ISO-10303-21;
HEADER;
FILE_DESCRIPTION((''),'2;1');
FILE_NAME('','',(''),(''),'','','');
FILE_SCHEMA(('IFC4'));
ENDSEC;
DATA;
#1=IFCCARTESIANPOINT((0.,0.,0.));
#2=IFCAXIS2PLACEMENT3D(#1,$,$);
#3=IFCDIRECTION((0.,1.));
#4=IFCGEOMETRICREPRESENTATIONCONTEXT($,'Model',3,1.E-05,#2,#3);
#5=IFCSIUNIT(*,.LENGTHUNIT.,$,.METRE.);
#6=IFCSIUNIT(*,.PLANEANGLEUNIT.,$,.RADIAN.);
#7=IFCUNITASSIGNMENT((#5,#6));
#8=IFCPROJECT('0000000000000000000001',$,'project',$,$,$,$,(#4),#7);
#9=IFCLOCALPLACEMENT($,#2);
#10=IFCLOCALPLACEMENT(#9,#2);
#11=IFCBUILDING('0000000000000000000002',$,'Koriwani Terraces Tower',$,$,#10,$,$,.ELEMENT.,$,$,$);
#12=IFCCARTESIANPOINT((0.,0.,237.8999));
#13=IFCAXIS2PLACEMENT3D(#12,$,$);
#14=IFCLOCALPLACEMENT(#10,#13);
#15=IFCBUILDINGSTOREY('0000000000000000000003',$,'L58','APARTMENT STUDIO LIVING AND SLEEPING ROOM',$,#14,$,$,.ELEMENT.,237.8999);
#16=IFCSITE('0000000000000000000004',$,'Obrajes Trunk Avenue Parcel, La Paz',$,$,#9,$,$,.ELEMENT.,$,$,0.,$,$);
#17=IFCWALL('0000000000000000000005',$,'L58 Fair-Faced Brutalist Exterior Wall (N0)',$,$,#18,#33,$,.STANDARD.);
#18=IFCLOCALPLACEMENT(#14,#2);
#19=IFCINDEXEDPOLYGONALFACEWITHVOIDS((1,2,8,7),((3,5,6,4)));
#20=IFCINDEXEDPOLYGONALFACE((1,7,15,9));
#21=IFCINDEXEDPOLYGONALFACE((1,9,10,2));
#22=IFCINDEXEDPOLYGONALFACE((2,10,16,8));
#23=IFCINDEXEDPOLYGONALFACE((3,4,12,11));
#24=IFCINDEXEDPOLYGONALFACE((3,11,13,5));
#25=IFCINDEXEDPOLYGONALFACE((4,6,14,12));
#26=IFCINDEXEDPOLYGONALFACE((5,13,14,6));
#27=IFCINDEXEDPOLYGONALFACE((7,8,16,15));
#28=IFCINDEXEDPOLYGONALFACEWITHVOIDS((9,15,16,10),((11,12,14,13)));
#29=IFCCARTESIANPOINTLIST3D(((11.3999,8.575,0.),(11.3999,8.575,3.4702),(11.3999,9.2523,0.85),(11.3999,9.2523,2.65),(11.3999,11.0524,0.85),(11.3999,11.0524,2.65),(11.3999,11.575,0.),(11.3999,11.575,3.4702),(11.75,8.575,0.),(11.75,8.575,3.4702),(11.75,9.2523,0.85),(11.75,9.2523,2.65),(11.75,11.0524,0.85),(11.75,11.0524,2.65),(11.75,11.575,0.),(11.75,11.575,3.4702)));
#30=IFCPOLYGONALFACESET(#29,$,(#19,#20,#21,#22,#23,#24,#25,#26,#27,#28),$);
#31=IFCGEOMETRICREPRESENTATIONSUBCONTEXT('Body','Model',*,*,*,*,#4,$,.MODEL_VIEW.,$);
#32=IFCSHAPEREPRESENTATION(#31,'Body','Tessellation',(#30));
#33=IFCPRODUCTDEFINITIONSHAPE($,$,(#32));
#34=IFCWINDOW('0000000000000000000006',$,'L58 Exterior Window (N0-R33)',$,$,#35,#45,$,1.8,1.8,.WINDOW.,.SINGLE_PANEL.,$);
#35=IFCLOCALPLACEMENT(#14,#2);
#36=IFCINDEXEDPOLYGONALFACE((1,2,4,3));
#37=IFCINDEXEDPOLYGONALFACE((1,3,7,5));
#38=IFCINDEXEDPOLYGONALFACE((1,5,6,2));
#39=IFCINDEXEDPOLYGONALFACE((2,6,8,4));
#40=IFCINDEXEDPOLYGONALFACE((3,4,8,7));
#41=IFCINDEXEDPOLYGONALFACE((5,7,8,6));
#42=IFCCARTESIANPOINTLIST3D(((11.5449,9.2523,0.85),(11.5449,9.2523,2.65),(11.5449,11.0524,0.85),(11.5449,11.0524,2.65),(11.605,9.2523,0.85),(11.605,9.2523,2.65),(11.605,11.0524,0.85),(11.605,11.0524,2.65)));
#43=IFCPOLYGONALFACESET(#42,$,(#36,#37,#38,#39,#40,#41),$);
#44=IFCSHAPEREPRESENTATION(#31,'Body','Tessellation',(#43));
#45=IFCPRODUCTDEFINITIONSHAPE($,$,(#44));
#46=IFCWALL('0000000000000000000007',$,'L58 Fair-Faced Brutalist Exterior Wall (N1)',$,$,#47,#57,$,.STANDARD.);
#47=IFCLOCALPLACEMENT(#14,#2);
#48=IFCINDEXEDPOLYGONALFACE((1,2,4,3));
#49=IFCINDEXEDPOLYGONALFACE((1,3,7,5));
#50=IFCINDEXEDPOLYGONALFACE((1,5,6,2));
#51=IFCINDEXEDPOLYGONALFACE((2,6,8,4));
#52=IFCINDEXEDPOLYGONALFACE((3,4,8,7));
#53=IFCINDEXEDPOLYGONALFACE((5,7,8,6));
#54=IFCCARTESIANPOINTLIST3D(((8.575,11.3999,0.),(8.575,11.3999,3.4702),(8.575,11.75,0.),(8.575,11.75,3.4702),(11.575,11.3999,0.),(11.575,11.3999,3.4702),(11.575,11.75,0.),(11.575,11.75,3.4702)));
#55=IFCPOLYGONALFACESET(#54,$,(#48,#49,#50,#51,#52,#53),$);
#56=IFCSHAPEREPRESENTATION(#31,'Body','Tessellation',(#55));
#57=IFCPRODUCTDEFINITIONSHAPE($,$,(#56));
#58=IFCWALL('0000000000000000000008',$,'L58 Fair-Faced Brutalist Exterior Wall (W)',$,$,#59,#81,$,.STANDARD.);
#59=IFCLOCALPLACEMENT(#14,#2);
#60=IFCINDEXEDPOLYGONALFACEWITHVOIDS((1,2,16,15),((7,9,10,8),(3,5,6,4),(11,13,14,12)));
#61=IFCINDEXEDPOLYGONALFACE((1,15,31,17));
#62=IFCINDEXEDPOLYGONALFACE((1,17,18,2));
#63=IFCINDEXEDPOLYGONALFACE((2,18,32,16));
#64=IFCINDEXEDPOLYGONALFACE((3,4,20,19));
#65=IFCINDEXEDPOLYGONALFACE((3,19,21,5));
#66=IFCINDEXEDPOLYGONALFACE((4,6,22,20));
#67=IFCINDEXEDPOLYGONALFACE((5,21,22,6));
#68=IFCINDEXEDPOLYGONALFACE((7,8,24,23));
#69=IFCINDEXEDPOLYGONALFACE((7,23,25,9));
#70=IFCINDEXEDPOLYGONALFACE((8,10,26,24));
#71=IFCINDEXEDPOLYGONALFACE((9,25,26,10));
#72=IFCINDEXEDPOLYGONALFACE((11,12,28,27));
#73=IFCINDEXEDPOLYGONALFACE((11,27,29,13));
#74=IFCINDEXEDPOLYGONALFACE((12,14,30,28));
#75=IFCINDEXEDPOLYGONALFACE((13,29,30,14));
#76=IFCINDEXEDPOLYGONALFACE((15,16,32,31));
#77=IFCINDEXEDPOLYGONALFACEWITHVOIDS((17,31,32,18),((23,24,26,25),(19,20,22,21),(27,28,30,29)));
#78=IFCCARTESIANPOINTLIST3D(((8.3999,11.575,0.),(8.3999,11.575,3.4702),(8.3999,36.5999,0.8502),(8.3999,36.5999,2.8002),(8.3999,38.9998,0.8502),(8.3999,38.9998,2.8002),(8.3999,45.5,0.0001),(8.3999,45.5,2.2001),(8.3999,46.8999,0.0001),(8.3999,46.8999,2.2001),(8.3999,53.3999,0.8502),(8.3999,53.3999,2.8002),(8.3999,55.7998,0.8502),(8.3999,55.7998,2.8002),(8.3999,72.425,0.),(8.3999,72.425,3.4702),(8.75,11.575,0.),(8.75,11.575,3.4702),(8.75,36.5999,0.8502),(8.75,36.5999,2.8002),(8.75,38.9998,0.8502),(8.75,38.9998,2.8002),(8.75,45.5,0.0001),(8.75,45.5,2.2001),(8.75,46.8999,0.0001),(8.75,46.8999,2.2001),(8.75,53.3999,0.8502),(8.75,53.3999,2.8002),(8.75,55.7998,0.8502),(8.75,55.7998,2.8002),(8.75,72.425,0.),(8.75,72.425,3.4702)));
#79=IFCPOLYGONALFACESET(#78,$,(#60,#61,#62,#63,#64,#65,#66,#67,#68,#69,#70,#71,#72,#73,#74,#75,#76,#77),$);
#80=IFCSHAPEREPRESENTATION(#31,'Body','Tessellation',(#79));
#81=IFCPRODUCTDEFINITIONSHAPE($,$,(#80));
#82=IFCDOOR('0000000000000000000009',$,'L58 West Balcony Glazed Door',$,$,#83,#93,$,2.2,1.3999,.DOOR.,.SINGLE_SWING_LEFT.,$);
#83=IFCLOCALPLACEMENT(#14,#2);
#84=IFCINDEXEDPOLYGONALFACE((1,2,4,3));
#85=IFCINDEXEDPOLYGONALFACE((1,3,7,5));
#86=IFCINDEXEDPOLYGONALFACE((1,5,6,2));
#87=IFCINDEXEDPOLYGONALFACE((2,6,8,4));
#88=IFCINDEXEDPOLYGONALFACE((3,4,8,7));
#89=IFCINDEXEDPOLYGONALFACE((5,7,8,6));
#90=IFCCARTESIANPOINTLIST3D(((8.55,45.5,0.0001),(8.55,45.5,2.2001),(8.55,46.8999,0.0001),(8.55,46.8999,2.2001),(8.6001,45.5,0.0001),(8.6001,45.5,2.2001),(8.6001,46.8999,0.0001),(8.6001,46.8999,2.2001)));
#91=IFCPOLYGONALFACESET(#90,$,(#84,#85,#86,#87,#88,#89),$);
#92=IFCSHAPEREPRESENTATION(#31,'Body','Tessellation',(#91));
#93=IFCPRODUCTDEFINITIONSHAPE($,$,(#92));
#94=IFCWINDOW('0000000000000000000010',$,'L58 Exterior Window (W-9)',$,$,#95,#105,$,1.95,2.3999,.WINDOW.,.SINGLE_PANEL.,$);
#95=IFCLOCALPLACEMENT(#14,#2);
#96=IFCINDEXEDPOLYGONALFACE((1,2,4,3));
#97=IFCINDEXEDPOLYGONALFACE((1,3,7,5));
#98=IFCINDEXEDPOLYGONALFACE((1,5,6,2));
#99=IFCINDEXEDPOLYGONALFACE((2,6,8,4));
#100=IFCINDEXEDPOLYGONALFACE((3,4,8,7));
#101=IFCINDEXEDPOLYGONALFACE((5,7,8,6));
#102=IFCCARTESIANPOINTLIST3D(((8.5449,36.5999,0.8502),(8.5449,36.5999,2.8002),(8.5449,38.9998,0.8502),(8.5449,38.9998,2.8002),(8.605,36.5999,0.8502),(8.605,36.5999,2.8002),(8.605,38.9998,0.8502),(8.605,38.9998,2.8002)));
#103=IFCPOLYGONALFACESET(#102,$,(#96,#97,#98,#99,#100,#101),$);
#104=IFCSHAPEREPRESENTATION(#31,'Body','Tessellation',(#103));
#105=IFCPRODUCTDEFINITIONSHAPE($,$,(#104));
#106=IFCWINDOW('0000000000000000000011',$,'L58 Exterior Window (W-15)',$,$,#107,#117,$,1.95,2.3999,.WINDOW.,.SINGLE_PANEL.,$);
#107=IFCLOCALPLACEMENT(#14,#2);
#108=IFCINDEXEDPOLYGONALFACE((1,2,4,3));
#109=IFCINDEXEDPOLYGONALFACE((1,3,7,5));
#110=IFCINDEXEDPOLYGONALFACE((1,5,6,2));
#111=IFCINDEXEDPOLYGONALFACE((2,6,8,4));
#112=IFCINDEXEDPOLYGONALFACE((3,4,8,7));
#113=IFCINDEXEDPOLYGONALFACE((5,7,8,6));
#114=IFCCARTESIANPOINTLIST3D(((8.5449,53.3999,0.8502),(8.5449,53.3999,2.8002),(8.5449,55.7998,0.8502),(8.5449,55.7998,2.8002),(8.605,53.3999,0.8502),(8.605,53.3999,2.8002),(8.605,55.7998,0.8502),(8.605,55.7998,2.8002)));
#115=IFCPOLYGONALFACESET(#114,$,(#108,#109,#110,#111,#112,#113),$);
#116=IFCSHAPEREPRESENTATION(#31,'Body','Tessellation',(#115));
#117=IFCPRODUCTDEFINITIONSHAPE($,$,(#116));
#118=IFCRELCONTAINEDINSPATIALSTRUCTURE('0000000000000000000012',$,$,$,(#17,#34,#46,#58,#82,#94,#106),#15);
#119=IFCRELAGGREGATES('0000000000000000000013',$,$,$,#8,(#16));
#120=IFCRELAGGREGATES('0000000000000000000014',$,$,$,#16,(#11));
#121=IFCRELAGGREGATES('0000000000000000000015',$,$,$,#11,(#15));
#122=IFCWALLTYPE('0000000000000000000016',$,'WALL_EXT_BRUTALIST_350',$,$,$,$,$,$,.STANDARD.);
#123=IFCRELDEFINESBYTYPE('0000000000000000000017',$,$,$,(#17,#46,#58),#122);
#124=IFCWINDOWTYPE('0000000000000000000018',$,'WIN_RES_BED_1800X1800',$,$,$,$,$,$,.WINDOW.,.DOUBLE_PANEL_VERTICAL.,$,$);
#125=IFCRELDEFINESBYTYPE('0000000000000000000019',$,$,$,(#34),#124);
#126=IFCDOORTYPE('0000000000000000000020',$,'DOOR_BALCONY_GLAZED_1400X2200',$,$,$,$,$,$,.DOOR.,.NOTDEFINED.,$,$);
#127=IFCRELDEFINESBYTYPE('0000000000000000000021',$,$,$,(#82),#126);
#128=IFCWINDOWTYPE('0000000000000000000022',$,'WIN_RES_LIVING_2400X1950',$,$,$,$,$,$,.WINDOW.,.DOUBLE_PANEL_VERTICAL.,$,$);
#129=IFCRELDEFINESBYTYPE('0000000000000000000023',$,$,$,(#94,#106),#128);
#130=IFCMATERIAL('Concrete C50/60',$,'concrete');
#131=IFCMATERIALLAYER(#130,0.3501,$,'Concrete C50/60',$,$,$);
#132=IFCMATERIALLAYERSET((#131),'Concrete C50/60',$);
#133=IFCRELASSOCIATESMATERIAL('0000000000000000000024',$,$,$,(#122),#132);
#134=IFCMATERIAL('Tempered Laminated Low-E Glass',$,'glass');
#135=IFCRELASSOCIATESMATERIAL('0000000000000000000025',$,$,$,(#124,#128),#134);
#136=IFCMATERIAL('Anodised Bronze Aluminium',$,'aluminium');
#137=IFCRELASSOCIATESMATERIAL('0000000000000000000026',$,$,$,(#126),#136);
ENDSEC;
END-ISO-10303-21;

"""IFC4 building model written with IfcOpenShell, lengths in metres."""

from ifc_helpers import new_model, si_unit, direction, frame, frame_2d, origin, place, context, subcontext, project, spatial, rectangle, extrude, material, layer, layer_set, type_object, element, fill, save


model = new_model("IFC4")

# Units and contexts
model_context = context("Model", 3, precision=1e-05, world=origin(), true_north=direction((0.0, 1.0)))
body_context = subcontext(model_context, "Body", "Model", "MODEL_VIEW")
ifc_project = project(units=[si_unit("LENGTHUNIT", "METRE"), si_unit("PLANEANGLEUNIT", "RADIAN")], contexts=[model_context])

# Site, building, storey
site_placement = place(None, origin())
site = spatial("IfcSite", under=ifc_project, at=site_placement, Name="Obrajes Trunk Avenue Parcel, La Paz", CompositionType="ELEMENT", RefElevation=0.0)
building_placement = place(site_placement, origin())
building = spatial("IfcBuilding", under=site, at=building_placement, Name="Koriwani Terraces Tower", CompositionType="ELEMENT")
storey_placement = place(building_placement, frame((0.0, 0.0, 237.8999)))
storey = spatial("IfcBuildingStorey", under=building, at=storey_placement, Name="L58", Description="APARTMENT STUDIO LIVING AND SLEEPING ROOM", CompositionType="ELEMENT", Elevation=237.8999)

# Shared definitions
ifc_material_1 = material(Name="Concrete C50/60", Category="concrete")

# Wall, opening, window
ifc_layer_1 = layer(ifc_material_1, 0.3501, Name="Concrete C50/60")
ifc_layer_set_1 = layer_set([ifc_layer_1], Name="Concrete C50/60")
wall_type_1 = type_object("IfcWallType", Name="WALL_EXT_BRUTALIST_350", PredefinedType="STANDARD", material=ifc_layer_set_1)
wall_1_placement = place(storey_placement, frame((11.575, 8.575, 0.0), z_axis=(0.0, 0.0, 1.0), x_axis=(0.0, 1.0, 0.0)))
wall_1 = element("IfcWall", 1, at=wall_1_placement, inside=storey, type_object=wall_type_1, Name="L58 Fair-Faced Brutalist Exterior Wall (N0)", PredefinedType="STANDARD", context=body_context, shape_type="SweptSolid", body=[
    extrude(rectangle(XDim=3.0, YDim=0.3501, at=frame_2d((1.5, 0.0))), origin(), (0.0, 0.0, 1.0), 3.4702),
])
opening_1_placement = place(wall_1_placement, frame((0.6775, 0.0, 0.8501)))
opening_1 = element("IfcOpeningElement", 2, at=opening_1_placement, cuts=wall_1, PredefinedType="OPENING", context=body_context, shape_type="SweptSolid", body=[
    extrude(rectangle(XDim=1.8, YDim=1.8, at=frame_2d((0.8999, 0.8999))), frame((0.0, 0.1851, 0.0), z_axis=(0.0, -1.0, 0.0), x_axis=(1.0, 0.0, 0.0)), (0.0, 0.0, 1.0), 0.3701),
])
ifc_material_2 = material(Name="Tempered Laminated Low-E Glass", Category="glass")
window_type_1 = type_object("IfcWindowType", Name="WIN_RES_BED_1800X1800", PartitioningType="DOUBLE_PANEL_VERTICAL", PredefinedType="WINDOW", material=ifc_material_2)
window_1_placement = place(opening_1_placement, origin())
window_1 = element("IfcWindow", 3, at=window_1_placement, inside=storey, type_object=window_type_1, Name="L58 Exterior Window (N0-R33)", OverallHeight=1.8, OverallWidth=1.8, PartitioningType="SINGLE_PANEL", PredefinedType="WINDOW", context=body_context, shape_type="SweptSolid", body=[
    extrude(rectangle(XDim=1.8, YDim=1.8, at=frame_2d((0.8999, 0.8999))), frame((0.0, 0.03, 0.0), z_axis=(0.0, -1.0, 0.0), x_axis=(1.0, 0.0, 0.0)), (0.0, 0.0, 1.0), 0.0601),
])
fill(opening_1, window_1)

# Wall
wall_2_placement = place(storey_placement, frame((11.575, 11.575, 0.0), z_axis=(0.0, 0.0, 1.0), x_axis=(-1.0, 0.0, 0.0)))
element("IfcWall", 4, at=wall_2_placement, inside=storey, type_object=wall_type_1, Name="L58 Fair-Faced Brutalist Exterior Wall (N1)", PredefinedType="STANDARD", context=body_context, shape_type="SweptSolid", body=[
    extrude(rectangle(XDim=3.0, YDim=0.3501, at=frame_2d((1.5, 0.0))), origin(), (0.0, 0.0, 1.0), 3.4702),
])

# Wall, openings, door, windows
wall_3_placement = place(storey_placement, frame((8.575, 11.575, 0.0), z_axis=(0.0, 0.0, 1.0), x_axis=(0.0, 1.0, 0.0)))
wall_3 = element("IfcWall", 5, at=wall_3_placement, inside=storey, type_object=wall_type_1, Name="L58 Fair-Faced Brutalist Exterior Wall (W)", PredefinedType="STANDARD", context=body_context, shape_type="SweptSolid", body=[
    extrude(rectangle(XDim=60.8501, YDim=0.3501, at=frame_2d((30.425, 0.0))), origin(), (0.0, 0.0, 1.0), 3.4702),
])
opening_2_placement = place(wall_3_placement, frame((33.925, 0.0, 0.0)))
opening_2 = element("IfcOpeningElement", 6, at=opening_2_placement, cuts=wall_3, PredefinedType="OPENING", context=body_context, shape_type="SweptSolid", body=[
    extrude(rectangle(XDim=1.3999, YDim=2.2, at=frame_2d((0.7, 1.1001))), frame((0.0, 0.1851, 0.0), z_axis=(0.0, -1.0, 0.0), x_axis=(1.0, 0.0, 0.0)), (0.0, 0.0, 1.0), 0.3701),
])
opening_3_placement = place(wall_3_placement, frame((25.0249, 0.0, 0.8501)))
opening_3 = element("IfcOpeningElement", 7, at=opening_3_placement, cuts=wall_3, PredefinedType="OPENING", context=body_context, shape_type="SweptSolid", body=[
    extrude(rectangle(XDim=2.3999, YDim=1.95, at=frame_2d((1.2, 0.9751))), frame((0.0, 0.1851, 0.0), z_axis=(0.0, -1.0, 0.0), x_axis=(1.0, 0.0, 0.0)), (0.0, 0.0, 1.0), 0.3701),
])
opening_4_placement = place(wall_3_placement, frame((41.825, 0.0, 0.8501)))
opening_4 = element("IfcOpeningElement", 8, at=opening_4_placement, cuts=wall_3, PredefinedType="OPENING", context=body_context, shape_type="SweptSolid", body=[
    extrude(rectangle(XDim=2.3999, YDim=1.95, at=frame_2d((1.2, 0.9751))), frame((0.0, 0.1851, 0.0), z_axis=(0.0, -1.0, 0.0), x_axis=(1.0, 0.0, 0.0)), (0.0, 0.0, 1.0), 0.3701),
])
ifc_material_3 = material(Name="Anodised Bronze Aluminium", Category="aluminium")
door_type = type_object("IfcDoorType", Name="DOOR_BALCONY_GLAZED_1400X2200", OperationType="NOTDEFINED", PredefinedType="DOOR", material=ifc_material_3)
door_placement = place(opening_2_placement, origin())
door = element("IfcDoor", 9, at=door_placement, inside=storey, type_object=door_type, Name="L58 West Balcony Glazed Door", OperationType="SINGLE_SWING_LEFT", OverallHeight=2.2, OverallWidth=1.3999, PredefinedType="DOOR", context=body_context, shape_type="SweptSolid", body=[
    extrude(rectangle(XDim=1.3999, YDim=2.2, at=frame_2d((0.7, 1.1001))), frame((0.0, 0.0249, 0.0), z_axis=(0.0, -1.0, 0.0), x_axis=(1.0, 0.0, 0.0)), (0.0, 0.0, 1.0), 0.05),
])
fill(opening_2, door)
window_type_2 = type_object("IfcWindowType", Name="WIN_RES_LIVING_2400X1950", PartitioningType="DOUBLE_PANEL_VERTICAL", PredefinedType="WINDOW", material=ifc_material_2)
window_2_placement = place(opening_3_placement, origin())
window_2 = element("IfcWindow", 10, at=window_2_placement, inside=storey, type_object=window_type_2, Name="L58 Exterior Window (W-9)", OverallHeight=1.95, OverallWidth=2.3999, PartitioningType="SINGLE_PANEL", PredefinedType="WINDOW", context=body_context, shape_type="SweptSolid", body=[
    extrude(rectangle(XDim=2.3999, YDim=1.95, at=frame_2d((1.2, 0.9751))), frame((0.0, 0.03, 0.0), z_axis=(0.0, -1.0, 0.0), x_axis=(1.0, 0.0, 0.0)), (0.0, 0.0, 1.0), 0.0601),
])
fill(opening_3, window_2)
window_3_placement = place(opening_4_placement, origin())
window_3 = element("IfcWindow", 11, at=window_3_placement, inside=storey, type_object=window_type_2, Name="L58 Exterior Window (W-15)", OverallHeight=1.95, OverallWidth=2.3999, PartitioningType="SINGLE_PANEL", PredefinedType="WINDOW", context=body_context, shape_type="SweptSolid", body=[
    extrude(rectangle(XDim=2.3999, YDim=1.95, at=frame_2d((1.2, 0.9751))), frame((0.0, 0.03, 0.0), z_axis=(0.0, -1.0, 0.0), x_axis=(1.0, 0.0, 0.0)), (0.0, 0.0, 1.0), 0.0601),
])
fill(opening_4, window_3)

save(model, "model.ifc")
